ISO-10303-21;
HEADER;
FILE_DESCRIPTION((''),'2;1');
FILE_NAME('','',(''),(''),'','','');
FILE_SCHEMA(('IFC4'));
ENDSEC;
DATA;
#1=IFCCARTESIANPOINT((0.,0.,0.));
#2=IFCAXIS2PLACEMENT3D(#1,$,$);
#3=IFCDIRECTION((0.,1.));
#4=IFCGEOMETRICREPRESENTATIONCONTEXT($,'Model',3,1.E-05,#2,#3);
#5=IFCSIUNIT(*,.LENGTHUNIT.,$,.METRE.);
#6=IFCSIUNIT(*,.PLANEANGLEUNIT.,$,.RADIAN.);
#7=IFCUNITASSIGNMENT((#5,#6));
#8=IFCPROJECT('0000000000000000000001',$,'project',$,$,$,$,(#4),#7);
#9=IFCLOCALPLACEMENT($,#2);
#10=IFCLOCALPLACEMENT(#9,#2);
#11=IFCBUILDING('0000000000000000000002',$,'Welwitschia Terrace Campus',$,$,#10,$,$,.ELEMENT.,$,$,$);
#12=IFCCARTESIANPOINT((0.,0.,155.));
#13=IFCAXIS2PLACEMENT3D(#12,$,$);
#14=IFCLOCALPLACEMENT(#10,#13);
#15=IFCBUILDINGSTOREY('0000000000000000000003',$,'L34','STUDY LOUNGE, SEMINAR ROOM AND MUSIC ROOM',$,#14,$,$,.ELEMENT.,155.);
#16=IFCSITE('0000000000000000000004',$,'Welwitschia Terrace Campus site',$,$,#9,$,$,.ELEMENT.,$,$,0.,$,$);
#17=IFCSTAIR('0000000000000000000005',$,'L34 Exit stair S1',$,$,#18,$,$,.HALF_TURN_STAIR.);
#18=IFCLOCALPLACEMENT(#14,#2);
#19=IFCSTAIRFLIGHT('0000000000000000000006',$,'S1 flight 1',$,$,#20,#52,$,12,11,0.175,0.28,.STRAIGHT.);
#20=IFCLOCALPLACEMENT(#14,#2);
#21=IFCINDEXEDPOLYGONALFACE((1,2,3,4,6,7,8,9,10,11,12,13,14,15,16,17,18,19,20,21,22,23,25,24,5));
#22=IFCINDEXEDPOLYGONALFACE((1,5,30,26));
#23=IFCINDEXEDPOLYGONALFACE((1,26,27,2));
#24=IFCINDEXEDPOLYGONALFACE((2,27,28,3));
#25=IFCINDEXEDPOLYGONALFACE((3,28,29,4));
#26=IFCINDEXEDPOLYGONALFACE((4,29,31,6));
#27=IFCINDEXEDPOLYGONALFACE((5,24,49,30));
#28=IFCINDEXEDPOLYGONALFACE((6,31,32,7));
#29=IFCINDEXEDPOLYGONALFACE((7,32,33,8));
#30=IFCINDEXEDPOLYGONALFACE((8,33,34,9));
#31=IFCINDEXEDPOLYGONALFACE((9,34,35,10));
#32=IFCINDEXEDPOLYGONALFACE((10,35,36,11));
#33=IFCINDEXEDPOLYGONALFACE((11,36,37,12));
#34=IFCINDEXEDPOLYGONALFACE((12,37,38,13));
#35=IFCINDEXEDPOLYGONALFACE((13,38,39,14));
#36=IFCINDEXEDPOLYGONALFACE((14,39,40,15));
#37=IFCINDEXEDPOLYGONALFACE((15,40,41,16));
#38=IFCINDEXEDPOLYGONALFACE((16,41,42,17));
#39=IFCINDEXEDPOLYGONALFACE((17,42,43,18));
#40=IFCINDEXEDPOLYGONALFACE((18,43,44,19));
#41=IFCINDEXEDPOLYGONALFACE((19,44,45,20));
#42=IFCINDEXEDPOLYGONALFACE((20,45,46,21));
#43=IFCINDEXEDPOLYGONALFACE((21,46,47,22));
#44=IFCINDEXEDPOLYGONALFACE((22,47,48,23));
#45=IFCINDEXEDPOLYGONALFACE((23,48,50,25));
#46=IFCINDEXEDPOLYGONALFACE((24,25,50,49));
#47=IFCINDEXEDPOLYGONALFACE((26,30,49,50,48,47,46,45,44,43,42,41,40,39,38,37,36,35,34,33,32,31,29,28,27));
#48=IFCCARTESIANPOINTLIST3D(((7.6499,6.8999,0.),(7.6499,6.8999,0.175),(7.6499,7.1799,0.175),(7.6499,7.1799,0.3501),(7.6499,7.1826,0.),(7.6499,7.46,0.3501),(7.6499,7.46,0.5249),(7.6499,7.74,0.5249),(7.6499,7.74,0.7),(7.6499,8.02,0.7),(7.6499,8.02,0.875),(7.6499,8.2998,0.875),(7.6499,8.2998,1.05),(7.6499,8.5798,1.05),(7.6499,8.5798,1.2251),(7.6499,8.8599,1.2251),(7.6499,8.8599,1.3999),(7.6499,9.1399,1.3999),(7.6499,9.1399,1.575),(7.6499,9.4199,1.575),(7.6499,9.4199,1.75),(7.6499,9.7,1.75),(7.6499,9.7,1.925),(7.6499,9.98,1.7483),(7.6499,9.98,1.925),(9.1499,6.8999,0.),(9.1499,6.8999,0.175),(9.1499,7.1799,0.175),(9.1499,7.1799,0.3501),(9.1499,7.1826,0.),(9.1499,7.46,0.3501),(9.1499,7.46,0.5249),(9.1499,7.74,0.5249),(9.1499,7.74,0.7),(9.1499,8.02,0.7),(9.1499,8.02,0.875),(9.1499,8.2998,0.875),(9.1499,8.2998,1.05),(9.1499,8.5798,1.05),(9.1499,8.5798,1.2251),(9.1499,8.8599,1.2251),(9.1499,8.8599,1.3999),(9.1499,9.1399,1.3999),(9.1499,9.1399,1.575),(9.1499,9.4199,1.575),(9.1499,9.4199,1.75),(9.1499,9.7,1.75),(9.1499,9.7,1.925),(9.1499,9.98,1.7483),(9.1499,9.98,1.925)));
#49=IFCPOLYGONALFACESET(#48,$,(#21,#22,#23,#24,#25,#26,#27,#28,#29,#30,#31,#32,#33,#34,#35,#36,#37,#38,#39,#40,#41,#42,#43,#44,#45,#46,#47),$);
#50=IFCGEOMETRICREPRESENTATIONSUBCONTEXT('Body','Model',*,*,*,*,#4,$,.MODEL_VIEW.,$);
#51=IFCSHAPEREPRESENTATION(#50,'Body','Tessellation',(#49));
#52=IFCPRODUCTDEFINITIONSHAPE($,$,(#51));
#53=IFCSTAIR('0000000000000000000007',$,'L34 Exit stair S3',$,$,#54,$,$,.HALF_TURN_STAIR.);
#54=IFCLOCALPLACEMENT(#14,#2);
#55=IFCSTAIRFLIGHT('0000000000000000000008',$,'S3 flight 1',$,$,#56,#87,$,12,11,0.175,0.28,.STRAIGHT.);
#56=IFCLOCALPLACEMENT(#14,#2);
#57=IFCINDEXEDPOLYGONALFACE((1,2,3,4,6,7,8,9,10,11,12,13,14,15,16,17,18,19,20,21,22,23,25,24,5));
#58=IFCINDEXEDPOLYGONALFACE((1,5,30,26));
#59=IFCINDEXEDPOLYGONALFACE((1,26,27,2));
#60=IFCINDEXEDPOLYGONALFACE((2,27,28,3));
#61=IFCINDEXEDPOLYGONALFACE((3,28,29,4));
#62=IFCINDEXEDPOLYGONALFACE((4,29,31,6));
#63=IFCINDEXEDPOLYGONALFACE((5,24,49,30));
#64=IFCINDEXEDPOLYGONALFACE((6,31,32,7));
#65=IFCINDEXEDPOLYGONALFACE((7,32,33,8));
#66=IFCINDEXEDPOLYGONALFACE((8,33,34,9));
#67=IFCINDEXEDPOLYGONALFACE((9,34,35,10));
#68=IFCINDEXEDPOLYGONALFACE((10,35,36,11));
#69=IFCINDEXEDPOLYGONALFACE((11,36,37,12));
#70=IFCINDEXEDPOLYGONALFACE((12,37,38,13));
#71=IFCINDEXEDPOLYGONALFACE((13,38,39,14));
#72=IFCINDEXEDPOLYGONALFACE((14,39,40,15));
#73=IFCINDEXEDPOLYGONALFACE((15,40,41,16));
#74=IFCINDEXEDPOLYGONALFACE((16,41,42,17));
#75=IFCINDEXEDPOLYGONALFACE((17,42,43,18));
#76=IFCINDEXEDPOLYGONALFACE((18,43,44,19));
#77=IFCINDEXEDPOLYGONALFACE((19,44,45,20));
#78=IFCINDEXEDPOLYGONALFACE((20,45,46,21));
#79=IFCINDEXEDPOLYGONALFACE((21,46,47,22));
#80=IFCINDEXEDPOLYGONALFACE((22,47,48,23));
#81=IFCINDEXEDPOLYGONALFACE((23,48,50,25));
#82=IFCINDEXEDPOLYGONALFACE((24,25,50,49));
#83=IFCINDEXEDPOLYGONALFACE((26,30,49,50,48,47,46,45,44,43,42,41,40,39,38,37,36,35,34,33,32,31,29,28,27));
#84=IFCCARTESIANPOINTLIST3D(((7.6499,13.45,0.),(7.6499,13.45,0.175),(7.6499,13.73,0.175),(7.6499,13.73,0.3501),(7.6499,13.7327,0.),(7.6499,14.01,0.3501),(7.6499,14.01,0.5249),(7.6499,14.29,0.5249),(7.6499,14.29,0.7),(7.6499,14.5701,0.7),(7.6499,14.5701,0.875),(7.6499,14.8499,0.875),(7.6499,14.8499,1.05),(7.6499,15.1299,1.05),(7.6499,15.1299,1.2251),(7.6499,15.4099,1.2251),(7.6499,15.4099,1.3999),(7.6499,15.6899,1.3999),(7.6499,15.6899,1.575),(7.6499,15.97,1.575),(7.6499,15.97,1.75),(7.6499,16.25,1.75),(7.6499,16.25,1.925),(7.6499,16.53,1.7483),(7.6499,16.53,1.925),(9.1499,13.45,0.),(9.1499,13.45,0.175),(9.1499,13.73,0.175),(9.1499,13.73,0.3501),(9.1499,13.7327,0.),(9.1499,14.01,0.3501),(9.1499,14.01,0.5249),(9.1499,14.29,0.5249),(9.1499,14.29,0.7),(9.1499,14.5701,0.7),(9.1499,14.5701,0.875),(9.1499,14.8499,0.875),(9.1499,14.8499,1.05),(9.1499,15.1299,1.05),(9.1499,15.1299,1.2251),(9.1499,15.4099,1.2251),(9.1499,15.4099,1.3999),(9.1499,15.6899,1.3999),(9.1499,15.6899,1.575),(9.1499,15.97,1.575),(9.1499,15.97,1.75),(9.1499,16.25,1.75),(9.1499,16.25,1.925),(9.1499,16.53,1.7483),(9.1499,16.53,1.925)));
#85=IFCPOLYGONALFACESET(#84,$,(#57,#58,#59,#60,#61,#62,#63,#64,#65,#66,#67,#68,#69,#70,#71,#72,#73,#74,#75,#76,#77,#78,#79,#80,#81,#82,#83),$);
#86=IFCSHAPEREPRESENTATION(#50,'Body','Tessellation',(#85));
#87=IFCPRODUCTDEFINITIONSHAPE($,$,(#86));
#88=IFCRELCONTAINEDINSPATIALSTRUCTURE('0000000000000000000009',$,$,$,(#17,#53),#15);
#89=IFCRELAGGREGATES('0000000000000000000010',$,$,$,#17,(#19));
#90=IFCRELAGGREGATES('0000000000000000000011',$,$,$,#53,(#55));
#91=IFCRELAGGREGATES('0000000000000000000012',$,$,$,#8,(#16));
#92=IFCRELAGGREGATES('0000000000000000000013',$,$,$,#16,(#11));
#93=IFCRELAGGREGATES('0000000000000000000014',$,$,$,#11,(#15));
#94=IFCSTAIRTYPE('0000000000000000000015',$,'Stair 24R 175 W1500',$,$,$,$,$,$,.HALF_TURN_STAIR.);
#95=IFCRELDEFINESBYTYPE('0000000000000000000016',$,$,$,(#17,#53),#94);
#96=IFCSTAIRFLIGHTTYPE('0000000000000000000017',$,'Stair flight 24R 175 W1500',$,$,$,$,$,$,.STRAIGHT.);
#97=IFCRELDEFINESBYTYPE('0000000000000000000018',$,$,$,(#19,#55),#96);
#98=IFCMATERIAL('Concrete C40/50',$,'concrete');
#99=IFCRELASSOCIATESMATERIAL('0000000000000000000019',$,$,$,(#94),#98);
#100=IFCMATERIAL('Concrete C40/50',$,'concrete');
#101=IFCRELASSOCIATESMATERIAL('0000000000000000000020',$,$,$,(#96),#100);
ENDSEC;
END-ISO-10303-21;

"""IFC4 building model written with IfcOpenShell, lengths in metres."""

from ifc_helpers import new_model, si_unit, direction, frame, origin, place, context, subcontext, project, spatial, polyline, outline, extrude, material, type_object, element, aggregate, save


model = new_model("IFC4")

# Units and contexts
model_context = context("Model", 3, precision=1e-05, world=origin(), true_north=direction((0.0, 1.0)))
body_context = subcontext(model_context, "Body", "Model", "MODEL_VIEW")
ifc_project = project(units=[si_unit("LENGTHUNIT", "METRE"), si_unit("PLANEANGLEUNIT", "RADIAN")], contexts=[model_context])

# Site, building, storey
site_placement = place(None, origin())
site = spatial("IfcSite", under=ifc_project, at=site_placement, Name="Welwitschia Terrace Campus site", CompositionType="ELEMENT", RefElevation=0.0)
building_placement = place(site_placement, origin())
building = spatial("IfcBuilding", under=site, at=building_placement, Name="Welwitschia Terrace Campus", CompositionType="ELEMENT")
storey_placement = place(building_placement, frame((0.0, 0.0, 155.0)))
storey = spatial("IfcBuildingStorey", under=building, at=storey_placement, Name="L34", Description="STUDY LOUNGE, SEMINAR ROOM AND MUSIC ROOM", CompositionType="ELEMENT", Elevation=155.0)

# Stairs, stair flights
ifc_material_1 = material(Name="Concrete C40/50", Category="concrete")
stair_type = type_object("IfcStairType", Name="Stair 24R 175 W1500", PredefinedType="HALF_TURN_STAIR", material=ifc_material_1)
stair_1_placement = place(storey_placement, origin())
stair_1 = element("IfcStair", 1, at=stair_1_placement, inside=storey, type_object=stair_type, Name="L34 Exit stair S1", PredefinedType="HALF_TURN_STAIR")
ifc_material_2 = material(Name="Concrete C40/50", Category="concrete")
stair_flight_type = type_object("IfcStairFlightType", Name="Stair flight 24R 175 W1500", PredefinedType="STRAIGHT", material=ifc_material_2)
stair_flight_1_placement = place(storey_placement, frame((8.3999, 6.8999, 0.0), z_axis=(0.0, 0.0, 1.0), x_axis=(0.0, 1.0, 0.0)))
stair_flight_1 = element("IfcStairFlight", 2, at=stair_flight_1_placement, type_object=stair_flight_type, Name="S1 flight 1", NumberOfRisers=12, NumberOfTreads=11, PredefinedType="STRAIGHT", RiserHeight=0.175, TreadLength=0.28, context=body_context, shape_type="SweptSolid", body=[
    extrude(outline(polyline([(0.0, 0.0), (0.0, 0.175), (0.28, 0.175), (0.28, 0.3501), (0.5601, 0.3501), (0.5601, 0.5249), (0.8401, 0.5249), (0.8401, 0.7), (1.1201, 0.7), (1.1201, 0.875), (1.3999, 0.875), (1.3999, 1.05), (1.6799, 1.05), (1.6799, 1.2251), (1.96, 1.2251), (1.96, 1.3999), (2.24, 1.3999), (2.24, 1.575), (2.52, 1.575), (2.52, 1.75), (2.8, 1.75), (2.8, 1.925), (3.0801, 1.925), (3.0801, 2.1001), (3.0801, 1.7483), (0.2827, 0.0), (0.0, 0.0)])), frame((0.0, 0.75, 0.0), z_axis=(0.0, -1.0, 0.0), x_axis=(1.0, 0.0, 0.0)), (0.0, 0.0, 1.0), 1.5),
])
aggregate(stair_1, [stair_flight_1])
stair_2_placement = place(storey_placement, origin())
stair_2 = element("IfcStair", 3, at=stair_2_placement, inside=storey, type_object=stair_type, Name="L34 Exit stair S3", PredefinedType="HALF_TURN_STAIR")
stair_flight_2_placement = place(storey_placement, frame((8.3999, 13.45, 0.0), z_axis=(0.0, 0.0, 1.0), x_axis=(0.0, 1.0, 0.0)))
stair_flight_2 = element("IfcStairFlight", 4, at=stair_flight_2_placement, type_object=stair_flight_type, Name="S3 flight 1", NumberOfRisers=12, NumberOfTreads=11, PredefinedType="STRAIGHT", RiserHeight=0.175, TreadLength=0.28, context=body_context, shape_type="SweptSolid", body=[
    extrude(outline(polyline([(0.0, 0.0), (0.0, 0.175), (0.28, 0.175), (0.28, 0.3501), (0.5601, 0.3501), (0.5601, 0.5249), (0.8401, 0.5249), (0.8401, 0.7), (1.1201, 0.7), (1.1201, 0.875), (1.3999, 0.875), (1.3999, 1.05), (1.6799, 1.05), (1.6799, 1.2251), (1.96, 1.2251), (1.96, 1.3999), (2.24, 1.3999), (2.24, 1.575), (2.52, 1.575), (2.52, 1.75), (2.8, 1.75), (2.8, 1.925), (3.0801, 1.925), (3.0801, 2.1001), (3.0801, 1.7483), (0.2827, 0.0), (0.0, 0.0)])), frame((0.0, 0.75, 0.0), z_axis=(0.0, -1.0, 0.0), x_axis=(1.0, 0.0, 0.0)), (0.0, 0.0, 1.0), 1.5),
])
aggregate(stair_2, [stair_flight_2])

save(model, "model.ifc")
